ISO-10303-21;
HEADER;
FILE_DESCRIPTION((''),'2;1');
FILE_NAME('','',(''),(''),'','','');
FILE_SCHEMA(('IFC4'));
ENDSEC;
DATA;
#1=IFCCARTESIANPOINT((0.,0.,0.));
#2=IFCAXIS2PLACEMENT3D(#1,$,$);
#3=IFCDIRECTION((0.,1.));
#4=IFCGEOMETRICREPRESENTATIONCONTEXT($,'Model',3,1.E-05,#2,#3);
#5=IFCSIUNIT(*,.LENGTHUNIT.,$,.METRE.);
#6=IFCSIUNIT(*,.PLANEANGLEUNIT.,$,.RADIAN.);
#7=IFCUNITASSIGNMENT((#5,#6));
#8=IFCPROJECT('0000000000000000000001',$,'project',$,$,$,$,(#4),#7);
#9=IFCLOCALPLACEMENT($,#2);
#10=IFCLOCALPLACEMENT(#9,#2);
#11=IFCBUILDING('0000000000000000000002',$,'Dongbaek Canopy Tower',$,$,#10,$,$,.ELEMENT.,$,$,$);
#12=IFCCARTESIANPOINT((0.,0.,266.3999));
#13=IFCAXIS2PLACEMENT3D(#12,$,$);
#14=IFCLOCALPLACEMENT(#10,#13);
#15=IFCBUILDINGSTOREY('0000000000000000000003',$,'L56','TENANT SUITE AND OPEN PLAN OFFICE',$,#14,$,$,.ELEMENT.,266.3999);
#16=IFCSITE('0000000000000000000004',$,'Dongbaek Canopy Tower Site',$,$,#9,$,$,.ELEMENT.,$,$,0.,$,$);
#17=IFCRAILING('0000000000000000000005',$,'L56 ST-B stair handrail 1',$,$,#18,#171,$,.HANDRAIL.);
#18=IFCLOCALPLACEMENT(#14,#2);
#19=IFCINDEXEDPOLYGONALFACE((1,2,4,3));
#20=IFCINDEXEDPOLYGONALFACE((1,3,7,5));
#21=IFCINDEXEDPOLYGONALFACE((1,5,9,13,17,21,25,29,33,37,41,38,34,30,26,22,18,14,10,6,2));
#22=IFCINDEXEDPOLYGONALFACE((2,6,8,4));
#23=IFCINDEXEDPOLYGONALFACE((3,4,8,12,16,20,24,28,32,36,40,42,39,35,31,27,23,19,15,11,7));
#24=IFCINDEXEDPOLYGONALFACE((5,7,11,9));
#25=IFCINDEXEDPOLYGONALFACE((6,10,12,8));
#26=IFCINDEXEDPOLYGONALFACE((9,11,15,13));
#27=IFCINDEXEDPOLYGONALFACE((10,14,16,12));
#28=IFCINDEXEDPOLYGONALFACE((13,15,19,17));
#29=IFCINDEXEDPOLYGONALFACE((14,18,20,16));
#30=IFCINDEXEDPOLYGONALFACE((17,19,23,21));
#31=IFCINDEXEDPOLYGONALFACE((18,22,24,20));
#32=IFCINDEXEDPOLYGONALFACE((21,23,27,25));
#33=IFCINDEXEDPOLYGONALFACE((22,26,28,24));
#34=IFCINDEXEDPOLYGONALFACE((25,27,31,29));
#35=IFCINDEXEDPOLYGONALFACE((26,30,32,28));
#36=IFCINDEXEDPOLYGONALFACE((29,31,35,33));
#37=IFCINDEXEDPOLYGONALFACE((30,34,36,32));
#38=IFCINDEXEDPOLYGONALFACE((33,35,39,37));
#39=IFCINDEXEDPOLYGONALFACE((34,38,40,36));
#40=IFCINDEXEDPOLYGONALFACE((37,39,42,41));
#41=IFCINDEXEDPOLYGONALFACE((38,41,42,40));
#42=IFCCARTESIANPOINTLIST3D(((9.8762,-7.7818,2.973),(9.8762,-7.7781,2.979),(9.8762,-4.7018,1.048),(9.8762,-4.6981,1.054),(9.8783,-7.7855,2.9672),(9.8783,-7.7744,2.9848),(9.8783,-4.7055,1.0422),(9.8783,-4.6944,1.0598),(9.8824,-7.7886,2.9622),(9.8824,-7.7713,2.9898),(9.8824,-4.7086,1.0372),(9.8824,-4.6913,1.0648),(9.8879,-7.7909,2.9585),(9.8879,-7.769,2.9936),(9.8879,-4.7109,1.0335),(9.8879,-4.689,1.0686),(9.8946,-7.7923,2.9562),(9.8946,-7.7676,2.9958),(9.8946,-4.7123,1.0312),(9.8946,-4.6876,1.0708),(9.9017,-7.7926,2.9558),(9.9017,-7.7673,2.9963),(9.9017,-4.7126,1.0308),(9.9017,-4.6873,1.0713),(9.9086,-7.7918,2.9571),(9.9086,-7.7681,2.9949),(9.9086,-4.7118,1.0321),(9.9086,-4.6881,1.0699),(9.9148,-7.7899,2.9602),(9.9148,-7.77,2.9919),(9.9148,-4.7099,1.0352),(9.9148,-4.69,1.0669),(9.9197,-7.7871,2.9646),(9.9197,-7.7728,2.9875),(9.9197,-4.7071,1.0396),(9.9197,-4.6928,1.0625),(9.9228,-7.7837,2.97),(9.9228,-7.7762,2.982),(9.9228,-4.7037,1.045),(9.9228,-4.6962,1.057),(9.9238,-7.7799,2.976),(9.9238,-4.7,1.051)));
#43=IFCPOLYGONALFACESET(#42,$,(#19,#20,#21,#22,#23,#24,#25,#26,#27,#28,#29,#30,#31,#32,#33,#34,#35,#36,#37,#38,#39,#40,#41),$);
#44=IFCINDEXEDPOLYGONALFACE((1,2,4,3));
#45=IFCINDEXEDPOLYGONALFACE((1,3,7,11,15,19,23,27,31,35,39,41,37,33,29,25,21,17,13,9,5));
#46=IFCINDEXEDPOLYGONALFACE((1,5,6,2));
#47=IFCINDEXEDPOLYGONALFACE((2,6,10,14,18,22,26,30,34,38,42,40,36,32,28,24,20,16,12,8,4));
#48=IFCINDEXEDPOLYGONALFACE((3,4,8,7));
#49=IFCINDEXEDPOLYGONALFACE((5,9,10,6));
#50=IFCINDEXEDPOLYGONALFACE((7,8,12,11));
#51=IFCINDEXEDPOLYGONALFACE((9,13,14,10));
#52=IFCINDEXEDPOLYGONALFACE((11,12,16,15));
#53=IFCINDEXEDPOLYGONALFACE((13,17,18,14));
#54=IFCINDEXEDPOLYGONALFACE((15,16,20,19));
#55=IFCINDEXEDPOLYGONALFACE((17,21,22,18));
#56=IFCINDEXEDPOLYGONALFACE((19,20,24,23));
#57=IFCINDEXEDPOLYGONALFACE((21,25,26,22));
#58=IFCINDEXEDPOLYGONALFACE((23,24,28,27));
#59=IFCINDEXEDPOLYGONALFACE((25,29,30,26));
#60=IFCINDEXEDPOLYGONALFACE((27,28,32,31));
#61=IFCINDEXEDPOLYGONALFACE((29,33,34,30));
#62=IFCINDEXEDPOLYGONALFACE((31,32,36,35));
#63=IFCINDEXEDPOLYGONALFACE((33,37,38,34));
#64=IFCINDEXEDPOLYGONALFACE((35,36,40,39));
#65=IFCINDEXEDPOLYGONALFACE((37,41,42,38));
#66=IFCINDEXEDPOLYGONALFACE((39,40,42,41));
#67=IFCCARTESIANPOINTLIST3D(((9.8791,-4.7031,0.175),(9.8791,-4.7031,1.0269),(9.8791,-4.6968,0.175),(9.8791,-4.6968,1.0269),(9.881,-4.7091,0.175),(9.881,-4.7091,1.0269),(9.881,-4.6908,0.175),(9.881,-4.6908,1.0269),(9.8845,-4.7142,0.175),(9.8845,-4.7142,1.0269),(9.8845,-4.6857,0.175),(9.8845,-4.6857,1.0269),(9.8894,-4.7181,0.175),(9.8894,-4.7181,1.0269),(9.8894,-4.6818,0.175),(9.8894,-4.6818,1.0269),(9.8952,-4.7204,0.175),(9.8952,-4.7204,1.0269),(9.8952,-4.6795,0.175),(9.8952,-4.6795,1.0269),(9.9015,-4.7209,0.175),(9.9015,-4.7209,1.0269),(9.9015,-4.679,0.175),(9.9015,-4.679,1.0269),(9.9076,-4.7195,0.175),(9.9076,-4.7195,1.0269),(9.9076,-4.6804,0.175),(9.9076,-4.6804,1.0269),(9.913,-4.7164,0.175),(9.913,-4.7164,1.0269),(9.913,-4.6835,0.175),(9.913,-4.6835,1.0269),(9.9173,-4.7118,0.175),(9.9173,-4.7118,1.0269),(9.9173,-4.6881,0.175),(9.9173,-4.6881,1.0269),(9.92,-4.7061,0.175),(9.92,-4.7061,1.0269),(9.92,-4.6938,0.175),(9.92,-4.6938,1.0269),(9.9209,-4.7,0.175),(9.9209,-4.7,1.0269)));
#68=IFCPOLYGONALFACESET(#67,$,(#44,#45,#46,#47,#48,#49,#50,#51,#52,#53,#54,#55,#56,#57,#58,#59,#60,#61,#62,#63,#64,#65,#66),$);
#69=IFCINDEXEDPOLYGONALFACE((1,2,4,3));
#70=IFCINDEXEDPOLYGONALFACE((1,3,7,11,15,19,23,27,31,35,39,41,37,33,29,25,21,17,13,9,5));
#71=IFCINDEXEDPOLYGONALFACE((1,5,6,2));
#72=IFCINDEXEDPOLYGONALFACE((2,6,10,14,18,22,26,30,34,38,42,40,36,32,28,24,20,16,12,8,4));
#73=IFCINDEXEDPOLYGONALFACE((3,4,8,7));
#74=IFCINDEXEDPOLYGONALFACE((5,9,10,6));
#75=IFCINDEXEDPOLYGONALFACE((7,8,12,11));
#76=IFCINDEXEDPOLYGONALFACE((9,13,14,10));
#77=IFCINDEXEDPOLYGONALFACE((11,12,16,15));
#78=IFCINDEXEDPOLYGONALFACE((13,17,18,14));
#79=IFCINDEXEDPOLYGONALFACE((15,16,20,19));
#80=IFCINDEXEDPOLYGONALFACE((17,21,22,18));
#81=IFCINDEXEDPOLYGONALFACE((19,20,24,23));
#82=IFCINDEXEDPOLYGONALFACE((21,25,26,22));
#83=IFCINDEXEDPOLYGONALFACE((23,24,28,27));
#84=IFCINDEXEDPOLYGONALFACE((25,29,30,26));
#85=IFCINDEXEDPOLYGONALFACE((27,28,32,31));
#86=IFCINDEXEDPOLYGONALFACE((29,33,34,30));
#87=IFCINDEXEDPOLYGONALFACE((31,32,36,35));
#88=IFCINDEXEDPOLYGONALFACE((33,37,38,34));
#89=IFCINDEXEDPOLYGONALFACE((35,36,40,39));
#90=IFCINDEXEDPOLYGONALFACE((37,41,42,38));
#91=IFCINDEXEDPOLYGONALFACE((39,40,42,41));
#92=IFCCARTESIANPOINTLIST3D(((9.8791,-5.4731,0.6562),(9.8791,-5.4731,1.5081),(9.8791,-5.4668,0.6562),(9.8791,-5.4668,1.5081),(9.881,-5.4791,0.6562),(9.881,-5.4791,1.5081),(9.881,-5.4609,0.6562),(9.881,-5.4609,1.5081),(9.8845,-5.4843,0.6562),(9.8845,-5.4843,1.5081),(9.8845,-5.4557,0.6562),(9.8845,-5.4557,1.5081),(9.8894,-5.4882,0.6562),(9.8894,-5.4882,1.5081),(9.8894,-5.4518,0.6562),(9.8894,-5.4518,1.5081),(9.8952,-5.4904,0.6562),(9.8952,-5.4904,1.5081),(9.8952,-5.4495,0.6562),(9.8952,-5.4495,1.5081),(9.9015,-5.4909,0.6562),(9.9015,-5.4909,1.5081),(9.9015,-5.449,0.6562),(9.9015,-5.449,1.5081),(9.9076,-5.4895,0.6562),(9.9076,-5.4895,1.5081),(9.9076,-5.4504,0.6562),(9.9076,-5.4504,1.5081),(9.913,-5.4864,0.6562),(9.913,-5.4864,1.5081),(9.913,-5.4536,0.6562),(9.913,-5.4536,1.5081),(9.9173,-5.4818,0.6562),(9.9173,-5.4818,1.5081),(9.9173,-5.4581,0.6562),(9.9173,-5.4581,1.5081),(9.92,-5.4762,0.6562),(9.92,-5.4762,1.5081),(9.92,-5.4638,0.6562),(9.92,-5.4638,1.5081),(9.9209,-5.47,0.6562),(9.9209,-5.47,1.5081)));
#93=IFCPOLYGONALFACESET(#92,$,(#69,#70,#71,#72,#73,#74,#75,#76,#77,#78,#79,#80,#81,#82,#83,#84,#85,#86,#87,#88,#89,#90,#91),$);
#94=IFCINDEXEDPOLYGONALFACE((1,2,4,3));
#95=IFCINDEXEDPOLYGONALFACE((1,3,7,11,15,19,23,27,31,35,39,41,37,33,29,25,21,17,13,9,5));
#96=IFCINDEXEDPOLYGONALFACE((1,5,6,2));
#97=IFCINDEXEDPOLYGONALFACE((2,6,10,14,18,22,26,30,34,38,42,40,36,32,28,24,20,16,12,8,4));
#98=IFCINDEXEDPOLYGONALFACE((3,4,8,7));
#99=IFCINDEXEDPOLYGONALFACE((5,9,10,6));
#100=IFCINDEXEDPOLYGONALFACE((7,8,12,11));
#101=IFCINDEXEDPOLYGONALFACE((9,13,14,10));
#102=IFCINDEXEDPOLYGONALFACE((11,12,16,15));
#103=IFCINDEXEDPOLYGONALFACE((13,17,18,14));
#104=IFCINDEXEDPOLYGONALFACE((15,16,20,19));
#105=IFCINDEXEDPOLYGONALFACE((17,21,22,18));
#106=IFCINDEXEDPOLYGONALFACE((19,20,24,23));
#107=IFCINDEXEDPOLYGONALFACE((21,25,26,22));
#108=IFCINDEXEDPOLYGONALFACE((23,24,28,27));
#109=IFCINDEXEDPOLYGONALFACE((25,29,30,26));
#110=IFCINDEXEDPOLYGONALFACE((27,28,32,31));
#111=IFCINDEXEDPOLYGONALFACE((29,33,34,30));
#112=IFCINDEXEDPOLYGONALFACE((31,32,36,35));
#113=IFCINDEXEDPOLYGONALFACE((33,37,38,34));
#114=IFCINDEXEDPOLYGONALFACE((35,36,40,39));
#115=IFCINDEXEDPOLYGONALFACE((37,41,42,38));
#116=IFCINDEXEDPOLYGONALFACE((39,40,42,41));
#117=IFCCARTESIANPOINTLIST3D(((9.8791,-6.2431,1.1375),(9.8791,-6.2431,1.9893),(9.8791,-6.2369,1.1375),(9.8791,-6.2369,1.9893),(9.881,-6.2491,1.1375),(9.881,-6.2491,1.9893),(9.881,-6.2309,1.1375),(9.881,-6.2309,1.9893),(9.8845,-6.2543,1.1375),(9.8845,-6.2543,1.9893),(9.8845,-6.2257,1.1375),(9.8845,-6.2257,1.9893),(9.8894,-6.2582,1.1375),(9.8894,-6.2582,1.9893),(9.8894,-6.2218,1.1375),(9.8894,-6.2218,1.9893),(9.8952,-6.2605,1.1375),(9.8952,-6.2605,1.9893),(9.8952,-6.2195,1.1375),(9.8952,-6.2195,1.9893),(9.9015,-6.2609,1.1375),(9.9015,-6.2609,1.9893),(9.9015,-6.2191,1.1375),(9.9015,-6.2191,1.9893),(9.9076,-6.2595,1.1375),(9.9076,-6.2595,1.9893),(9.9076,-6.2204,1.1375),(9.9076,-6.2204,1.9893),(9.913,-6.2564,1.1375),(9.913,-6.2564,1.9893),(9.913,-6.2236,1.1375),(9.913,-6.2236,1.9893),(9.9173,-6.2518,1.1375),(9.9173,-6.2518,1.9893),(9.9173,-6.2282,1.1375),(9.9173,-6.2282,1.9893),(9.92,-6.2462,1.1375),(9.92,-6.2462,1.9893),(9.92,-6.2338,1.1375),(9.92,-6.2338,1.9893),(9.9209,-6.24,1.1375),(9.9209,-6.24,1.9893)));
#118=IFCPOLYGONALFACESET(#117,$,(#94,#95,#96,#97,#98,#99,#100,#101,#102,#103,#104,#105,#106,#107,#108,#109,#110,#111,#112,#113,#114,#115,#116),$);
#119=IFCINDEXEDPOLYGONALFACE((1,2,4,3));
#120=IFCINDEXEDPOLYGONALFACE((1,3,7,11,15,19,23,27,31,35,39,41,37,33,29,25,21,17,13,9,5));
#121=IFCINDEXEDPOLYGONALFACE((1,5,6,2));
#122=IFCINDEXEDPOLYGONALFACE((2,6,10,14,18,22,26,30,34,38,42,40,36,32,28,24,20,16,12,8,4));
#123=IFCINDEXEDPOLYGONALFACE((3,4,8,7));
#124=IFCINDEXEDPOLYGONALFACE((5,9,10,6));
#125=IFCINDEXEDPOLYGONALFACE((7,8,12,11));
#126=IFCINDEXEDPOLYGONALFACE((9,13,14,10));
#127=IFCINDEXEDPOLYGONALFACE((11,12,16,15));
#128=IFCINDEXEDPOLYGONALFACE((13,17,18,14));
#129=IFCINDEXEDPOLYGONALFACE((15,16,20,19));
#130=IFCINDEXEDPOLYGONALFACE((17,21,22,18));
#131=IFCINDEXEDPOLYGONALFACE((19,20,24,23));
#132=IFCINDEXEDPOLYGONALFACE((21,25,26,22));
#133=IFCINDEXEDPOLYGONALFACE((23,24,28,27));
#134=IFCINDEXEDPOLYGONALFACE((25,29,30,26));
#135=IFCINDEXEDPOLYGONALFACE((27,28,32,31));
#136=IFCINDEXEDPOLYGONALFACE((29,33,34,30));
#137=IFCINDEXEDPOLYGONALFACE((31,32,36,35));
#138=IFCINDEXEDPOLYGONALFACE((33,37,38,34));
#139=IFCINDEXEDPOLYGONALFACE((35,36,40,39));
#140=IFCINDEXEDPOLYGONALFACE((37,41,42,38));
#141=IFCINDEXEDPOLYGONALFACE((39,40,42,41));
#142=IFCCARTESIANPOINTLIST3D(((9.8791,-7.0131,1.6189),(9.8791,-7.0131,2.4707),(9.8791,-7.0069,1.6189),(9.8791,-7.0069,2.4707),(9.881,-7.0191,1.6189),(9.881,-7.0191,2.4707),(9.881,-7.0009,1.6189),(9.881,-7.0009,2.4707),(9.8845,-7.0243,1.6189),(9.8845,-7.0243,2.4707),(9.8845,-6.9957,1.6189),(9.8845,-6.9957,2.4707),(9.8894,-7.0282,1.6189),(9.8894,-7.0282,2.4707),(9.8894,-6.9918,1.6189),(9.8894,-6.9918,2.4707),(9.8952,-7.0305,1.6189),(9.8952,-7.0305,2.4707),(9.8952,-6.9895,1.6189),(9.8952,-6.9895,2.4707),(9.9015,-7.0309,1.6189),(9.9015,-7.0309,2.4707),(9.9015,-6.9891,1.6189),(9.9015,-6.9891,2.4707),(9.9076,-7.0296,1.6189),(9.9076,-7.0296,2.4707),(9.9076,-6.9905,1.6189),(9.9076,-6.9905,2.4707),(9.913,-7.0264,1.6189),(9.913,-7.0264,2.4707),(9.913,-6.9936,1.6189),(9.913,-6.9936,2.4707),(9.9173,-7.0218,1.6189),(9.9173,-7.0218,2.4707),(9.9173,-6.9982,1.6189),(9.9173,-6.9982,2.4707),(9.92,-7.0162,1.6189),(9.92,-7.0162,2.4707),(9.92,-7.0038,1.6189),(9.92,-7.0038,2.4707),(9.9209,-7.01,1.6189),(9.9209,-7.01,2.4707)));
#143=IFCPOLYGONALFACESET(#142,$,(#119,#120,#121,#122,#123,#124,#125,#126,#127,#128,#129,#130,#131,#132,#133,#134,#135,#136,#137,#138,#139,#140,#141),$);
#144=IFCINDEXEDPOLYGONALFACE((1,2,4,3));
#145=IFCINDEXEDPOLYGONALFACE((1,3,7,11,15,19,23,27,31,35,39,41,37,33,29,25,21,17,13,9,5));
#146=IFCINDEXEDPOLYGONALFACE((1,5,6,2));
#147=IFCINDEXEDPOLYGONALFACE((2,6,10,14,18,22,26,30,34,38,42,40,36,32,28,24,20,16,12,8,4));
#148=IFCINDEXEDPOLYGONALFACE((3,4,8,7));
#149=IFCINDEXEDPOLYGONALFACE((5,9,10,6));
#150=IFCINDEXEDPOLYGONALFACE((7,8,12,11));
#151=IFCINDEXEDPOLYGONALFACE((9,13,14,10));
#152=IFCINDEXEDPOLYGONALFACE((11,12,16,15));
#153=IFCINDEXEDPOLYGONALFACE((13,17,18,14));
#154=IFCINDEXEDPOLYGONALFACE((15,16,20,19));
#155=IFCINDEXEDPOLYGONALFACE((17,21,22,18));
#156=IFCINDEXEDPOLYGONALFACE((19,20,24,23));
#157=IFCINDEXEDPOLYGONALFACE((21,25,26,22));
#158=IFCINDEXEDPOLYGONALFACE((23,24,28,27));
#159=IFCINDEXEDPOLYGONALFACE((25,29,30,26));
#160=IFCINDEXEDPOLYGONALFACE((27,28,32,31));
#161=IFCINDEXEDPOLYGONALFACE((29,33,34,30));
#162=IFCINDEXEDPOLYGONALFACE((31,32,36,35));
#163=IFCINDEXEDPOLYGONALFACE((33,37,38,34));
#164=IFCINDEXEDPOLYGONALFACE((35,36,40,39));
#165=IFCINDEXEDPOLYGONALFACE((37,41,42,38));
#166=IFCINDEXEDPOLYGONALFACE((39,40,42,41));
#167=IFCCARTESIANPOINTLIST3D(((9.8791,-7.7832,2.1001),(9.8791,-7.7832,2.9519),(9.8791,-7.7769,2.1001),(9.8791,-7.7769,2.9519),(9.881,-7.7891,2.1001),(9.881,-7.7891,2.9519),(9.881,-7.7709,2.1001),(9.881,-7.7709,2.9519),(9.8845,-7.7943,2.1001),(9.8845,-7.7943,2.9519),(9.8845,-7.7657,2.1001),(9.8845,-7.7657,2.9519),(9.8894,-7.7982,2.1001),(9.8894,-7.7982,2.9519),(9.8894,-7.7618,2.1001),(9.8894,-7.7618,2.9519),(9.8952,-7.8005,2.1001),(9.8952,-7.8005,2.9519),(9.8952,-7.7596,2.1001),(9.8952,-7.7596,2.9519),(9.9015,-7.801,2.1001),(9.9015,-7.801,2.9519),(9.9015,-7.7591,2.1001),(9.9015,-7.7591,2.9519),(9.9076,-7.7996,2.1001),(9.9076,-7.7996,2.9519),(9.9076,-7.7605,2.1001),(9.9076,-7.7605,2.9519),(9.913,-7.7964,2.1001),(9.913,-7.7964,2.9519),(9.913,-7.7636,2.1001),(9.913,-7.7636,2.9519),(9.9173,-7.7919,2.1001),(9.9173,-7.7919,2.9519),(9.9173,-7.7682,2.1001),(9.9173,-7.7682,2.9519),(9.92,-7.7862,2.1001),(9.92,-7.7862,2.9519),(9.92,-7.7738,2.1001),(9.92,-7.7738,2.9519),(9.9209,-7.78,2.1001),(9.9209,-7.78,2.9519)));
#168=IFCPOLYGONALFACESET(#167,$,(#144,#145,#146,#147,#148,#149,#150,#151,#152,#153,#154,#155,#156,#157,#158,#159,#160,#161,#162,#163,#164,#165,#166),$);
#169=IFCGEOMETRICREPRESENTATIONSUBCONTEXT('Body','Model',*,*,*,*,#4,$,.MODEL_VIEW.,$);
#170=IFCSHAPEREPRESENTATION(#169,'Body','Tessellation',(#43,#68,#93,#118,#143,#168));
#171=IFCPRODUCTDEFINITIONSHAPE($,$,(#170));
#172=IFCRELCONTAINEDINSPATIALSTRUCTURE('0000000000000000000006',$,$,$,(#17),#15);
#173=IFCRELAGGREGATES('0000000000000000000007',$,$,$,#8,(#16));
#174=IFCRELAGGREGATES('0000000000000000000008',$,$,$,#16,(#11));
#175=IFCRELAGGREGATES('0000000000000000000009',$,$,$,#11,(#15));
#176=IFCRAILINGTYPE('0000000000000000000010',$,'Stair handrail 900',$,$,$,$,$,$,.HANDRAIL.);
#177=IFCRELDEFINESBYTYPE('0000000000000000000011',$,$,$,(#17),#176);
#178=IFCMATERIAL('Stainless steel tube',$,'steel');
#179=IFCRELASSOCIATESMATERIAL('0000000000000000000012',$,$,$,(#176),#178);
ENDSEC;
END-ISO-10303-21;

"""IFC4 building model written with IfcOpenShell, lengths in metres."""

from ifc_helpers import new_model, si_unit, direction, frame, origin, origin_2d, place, context, subcontext, project, spatial, circle, extrude, material, type_object, element, save


model = new_model("IFC4")

# Units and contexts
model_context = context("Model", 3, precision=1e-05, world=origin(), true_north=direction((0.0, 1.0)))
body_context = subcontext(model_context, "Body", "Model", "MODEL_VIEW")
ifc_project = project(units=[si_unit("LENGTHUNIT", "METRE"), si_unit("PLANEANGLEUNIT", "RADIAN")], contexts=[model_context])

# Site, building, storey
site_placement = place(None, origin())
site = spatial("IfcSite", under=ifc_project, at=site_placement, Name="Dongbaek Canopy Tower Site", CompositionType="ELEMENT", RefElevation=0.0)
building_placement = place(site_placement, origin())
building = spatial("IfcBuilding", under=site, at=building_placement, Name="Dongbaek Canopy Tower", CompositionType="ELEMENT")
storey_placement = place(building_placement, frame((0.0, 0.0, 266.3999)))
storey = spatial("IfcBuildingStorey", under=building, at=storey_placement, Name="L56", Description="TENANT SUITE AND OPEN PLAN OFFICE", CompositionType="ELEMENT", Elevation=266.3999)

# Railing
ifc_material_1 = material(Name="Stainless steel tube", Category="steel")
railing_type_1 = type_object("IfcRailingType", Name="Stair handrail 900", PredefinedType="HANDRAIL", material=ifc_material_1)
railing_1_placement = place(storey_placement, frame((9.8999, -4.7, 0.175)))
element("IfcRailing", 1, at=railing_1_placement, inside=storey, type_object=railing_type_1, Name="L56 ST-B stair handrail 1", PredefinedType="HANDRAIL", context=body_context, shape_type="SweptSolid", body=[
    extrude(circle(Radius=0.0239, at=origin_2d()), frame((0.0, 0.0, 0.876), z_axis=(0.0, -0.847998, 0.529999), x_axis=(1.0, 0.0, 0.0)), (0.0, 0.0, 1.0), 3.6321),
    extrude(circle(Radius=0.021, at=origin_2d()), origin(), (0.0, 0.0, 1.0), 0.8518),
    extrude(circle(Radius=0.021, at=origin_2d()), frame((0.0, -0.77, 0.4812)), (0.0, 0.0, 1.0), 0.8518),
    extrude(circle(Radius=0.021, at=origin_2d()), frame((0.0, -1.54, 0.9624)), (0.0, 0.0, 1.0), 0.8518),
    extrude(circle(Radius=0.021, at=origin_2d()), frame((0.0, -2.3101, 1.4438)), (0.0, 0.0, 1.0), 0.8518),
    extrude(circle(Radius=0.021, at=origin_2d()), frame((0.0, -3.0801, 1.925)), (0.0, 0.0, 1.0), 0.8518),
])

save(model, "model.ifc")
